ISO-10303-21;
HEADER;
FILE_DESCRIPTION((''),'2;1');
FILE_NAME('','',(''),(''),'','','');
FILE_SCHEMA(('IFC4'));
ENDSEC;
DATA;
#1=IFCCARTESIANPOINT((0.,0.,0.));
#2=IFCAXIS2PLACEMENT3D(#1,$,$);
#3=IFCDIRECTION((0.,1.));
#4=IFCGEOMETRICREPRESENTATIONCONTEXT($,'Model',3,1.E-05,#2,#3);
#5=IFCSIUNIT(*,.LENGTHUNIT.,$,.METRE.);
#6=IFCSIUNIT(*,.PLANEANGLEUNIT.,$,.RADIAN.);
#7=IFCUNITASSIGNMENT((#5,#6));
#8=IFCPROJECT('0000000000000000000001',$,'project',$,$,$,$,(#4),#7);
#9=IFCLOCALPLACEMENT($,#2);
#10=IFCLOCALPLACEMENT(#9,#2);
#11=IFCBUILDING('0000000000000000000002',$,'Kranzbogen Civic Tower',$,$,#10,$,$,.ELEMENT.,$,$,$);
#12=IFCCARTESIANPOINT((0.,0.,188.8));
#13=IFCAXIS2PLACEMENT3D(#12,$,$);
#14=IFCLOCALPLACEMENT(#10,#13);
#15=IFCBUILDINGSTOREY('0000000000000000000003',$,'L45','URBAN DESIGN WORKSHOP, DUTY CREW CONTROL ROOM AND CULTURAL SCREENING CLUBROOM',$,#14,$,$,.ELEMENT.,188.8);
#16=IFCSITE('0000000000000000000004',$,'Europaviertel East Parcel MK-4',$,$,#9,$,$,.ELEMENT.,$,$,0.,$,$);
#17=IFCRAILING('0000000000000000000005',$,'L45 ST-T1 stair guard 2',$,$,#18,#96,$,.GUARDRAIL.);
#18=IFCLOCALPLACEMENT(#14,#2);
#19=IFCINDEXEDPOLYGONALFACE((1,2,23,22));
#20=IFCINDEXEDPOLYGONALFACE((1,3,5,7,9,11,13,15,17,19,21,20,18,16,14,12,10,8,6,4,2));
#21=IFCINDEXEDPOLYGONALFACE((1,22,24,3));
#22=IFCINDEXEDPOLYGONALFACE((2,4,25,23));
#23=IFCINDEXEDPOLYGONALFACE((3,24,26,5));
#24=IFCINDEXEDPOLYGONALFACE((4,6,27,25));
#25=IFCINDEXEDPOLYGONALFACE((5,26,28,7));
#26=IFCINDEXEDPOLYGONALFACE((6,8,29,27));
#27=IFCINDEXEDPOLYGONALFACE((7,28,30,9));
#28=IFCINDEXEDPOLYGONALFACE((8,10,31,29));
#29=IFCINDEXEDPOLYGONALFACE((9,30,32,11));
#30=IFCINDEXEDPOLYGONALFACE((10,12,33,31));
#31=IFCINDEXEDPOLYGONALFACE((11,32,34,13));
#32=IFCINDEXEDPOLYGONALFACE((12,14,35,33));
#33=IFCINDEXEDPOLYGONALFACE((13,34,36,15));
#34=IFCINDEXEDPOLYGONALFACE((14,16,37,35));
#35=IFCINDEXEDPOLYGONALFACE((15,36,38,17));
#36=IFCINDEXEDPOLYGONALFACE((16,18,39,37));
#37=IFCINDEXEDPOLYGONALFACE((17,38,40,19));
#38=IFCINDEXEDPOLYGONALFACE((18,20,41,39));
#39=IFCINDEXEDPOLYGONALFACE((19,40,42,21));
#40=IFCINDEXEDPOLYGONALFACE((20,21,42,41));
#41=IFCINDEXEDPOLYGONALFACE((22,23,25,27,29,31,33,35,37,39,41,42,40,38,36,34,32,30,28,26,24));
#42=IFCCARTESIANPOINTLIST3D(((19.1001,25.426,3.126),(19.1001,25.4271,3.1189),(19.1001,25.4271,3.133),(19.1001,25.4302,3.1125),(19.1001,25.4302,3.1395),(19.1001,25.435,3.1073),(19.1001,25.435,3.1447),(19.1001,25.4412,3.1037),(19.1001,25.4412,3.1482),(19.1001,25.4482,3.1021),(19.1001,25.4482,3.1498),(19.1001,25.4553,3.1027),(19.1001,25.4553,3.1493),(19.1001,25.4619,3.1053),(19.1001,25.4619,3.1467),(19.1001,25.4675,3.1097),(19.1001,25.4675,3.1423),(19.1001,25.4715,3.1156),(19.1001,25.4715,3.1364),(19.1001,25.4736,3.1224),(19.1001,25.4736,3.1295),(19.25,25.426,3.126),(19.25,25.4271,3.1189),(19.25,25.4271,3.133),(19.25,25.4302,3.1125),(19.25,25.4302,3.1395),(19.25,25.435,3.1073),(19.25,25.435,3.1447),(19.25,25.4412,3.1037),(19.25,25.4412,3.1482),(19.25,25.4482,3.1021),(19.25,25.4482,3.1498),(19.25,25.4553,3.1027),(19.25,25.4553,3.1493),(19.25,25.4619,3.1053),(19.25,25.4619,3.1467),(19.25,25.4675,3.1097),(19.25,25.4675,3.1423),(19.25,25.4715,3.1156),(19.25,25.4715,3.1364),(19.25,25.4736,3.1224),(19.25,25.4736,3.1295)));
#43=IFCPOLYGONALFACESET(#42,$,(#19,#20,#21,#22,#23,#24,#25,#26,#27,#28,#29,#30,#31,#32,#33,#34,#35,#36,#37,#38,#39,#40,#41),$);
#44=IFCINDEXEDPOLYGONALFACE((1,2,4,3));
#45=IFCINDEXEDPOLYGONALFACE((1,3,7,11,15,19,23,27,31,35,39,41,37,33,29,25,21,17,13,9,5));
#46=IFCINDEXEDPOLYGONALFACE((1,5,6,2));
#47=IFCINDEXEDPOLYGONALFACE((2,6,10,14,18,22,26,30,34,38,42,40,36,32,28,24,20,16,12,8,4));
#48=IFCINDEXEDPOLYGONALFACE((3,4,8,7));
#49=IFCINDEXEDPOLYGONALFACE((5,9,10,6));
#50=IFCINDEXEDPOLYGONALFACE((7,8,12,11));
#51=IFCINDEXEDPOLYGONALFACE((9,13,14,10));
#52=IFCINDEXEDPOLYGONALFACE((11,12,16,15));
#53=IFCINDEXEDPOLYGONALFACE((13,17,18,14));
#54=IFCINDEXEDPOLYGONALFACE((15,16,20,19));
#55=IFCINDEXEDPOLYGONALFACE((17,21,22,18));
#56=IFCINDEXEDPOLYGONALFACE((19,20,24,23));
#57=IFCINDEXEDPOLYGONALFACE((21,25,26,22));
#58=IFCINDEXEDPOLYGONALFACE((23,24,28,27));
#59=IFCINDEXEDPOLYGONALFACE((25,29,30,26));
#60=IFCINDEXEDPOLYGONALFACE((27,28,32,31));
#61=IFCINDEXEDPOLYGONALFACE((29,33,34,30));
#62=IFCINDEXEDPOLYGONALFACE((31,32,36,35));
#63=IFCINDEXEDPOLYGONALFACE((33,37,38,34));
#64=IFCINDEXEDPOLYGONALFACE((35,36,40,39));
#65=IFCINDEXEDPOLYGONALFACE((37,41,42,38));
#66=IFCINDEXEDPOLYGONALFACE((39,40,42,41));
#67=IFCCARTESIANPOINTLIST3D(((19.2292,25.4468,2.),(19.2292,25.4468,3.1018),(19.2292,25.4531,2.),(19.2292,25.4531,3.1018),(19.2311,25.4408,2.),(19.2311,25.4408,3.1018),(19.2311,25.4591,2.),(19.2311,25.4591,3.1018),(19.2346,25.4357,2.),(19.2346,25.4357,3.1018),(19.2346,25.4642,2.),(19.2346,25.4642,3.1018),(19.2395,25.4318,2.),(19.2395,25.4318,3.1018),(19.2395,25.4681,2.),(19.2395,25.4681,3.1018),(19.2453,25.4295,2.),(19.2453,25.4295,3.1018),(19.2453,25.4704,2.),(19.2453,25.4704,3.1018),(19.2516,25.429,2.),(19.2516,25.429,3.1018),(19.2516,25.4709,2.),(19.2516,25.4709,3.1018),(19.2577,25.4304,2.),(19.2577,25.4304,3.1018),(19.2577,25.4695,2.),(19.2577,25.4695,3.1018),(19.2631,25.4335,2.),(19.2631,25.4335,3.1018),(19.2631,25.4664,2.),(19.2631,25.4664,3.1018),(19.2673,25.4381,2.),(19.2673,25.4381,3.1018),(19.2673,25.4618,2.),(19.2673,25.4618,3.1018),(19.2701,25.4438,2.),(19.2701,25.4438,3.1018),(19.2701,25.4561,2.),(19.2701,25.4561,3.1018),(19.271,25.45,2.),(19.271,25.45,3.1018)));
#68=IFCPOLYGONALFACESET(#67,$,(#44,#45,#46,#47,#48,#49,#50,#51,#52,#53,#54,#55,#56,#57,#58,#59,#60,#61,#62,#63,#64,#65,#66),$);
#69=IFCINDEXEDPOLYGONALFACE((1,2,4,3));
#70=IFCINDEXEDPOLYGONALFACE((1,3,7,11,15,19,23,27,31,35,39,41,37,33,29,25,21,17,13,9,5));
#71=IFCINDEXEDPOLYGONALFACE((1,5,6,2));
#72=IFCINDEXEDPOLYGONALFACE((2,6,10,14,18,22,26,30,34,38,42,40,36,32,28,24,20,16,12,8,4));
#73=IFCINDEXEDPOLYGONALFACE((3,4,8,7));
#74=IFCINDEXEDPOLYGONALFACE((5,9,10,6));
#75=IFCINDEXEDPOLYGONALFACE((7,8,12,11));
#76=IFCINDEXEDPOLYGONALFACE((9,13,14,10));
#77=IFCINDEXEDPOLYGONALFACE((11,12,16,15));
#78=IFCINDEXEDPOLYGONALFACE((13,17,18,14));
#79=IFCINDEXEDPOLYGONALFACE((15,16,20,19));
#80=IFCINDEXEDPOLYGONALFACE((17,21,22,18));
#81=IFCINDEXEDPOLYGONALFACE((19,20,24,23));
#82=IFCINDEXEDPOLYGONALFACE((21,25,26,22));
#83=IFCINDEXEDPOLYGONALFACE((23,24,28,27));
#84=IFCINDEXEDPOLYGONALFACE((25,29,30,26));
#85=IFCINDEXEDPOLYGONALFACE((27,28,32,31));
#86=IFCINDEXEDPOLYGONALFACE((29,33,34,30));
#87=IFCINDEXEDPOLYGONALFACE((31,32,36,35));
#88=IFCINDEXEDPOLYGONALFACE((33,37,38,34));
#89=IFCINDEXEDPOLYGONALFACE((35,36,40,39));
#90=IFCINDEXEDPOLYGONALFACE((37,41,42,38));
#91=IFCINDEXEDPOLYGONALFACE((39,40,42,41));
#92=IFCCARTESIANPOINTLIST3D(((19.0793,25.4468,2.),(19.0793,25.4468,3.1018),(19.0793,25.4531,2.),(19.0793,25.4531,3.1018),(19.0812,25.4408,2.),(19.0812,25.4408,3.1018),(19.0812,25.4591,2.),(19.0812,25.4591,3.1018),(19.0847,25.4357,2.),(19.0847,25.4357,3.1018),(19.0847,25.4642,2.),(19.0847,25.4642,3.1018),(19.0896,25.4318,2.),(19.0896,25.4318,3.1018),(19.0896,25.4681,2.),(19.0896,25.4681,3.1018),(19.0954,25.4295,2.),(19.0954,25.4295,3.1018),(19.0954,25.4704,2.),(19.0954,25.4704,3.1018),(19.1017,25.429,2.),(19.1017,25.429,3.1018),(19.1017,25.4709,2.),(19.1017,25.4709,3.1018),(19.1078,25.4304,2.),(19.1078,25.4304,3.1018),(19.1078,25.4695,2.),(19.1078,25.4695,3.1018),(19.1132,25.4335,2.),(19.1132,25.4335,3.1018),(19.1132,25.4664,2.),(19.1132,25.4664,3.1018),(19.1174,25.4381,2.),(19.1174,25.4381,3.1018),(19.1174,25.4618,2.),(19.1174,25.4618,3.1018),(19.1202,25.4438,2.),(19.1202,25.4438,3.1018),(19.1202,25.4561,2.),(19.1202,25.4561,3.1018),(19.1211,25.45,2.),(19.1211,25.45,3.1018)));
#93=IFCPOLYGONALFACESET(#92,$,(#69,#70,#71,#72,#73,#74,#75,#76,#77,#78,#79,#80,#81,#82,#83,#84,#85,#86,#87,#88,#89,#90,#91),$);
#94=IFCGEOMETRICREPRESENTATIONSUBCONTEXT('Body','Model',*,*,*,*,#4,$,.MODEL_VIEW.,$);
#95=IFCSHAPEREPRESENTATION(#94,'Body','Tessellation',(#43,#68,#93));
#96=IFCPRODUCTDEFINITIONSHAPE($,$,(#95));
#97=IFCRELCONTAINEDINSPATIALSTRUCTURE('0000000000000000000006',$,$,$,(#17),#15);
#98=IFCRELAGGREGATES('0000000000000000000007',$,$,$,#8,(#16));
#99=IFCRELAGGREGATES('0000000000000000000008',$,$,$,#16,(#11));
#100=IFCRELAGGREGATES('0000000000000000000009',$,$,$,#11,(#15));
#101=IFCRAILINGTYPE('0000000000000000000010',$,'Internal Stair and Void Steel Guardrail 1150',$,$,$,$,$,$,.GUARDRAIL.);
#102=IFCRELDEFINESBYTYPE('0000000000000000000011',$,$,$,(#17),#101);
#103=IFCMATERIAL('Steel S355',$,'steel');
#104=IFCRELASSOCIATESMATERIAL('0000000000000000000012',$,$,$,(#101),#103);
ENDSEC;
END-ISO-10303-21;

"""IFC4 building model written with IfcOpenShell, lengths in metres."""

from ifc_helpers import new_model, si_unit, direction, frame, origin, origin_2d, place, context, subcontext, project, spatial, circle, extrude, material, type_object, element, save


model = new_model("IFC4")

# Units and contexts
model_context = context("Model", 3, precision=1e-05, world=origin(), true_north=direction((0.0, 1.0)))
body_context = subcontext(model_context, "Body", "Model", "MODEL_VIEW")
ifc_project = project(units=[si_unit("LENGTHUNIT", "METRE"), si_unit("PLANEANGLEUNIT", "RADIAN")], contexts=[model_context])

# Site, building, storey
site_placement = place(None, origin())
site = spatial("IfcSite", under=ifc_project, at=site_placement, Name="Europaviertel East Parcel MK-4", CompositionType="ELEMENT", RefElevation=0.0)
building_placement = place(site_placement, origin())
building = spatial("IfcBuilding", under=site, at=building_placement, Name="Kranzbogen Civic Tower", CompositionType="ELEMENT")
storey_placement = place(building_placement, frame((0.0, 0.0, 188.8)))
storey = spatial("IfcBuildingStorey", under=building, at=storey_placement, Name="L45", Description="URBAN DESIGN WORKSHOP, DUTY CREW CONTROL ROOM AND CULTURAL SCREENING CLUBROOM", CompositionType="ELEMENT", Elevation=188.8)

# Shared definitions
ifc_material_1 = material(Name="Steel S355", Category="steel")

# Railing
railing_type_1 = type_object("IfcRailingType", Name="Internal Stair and Void Steel Guardrail 1150", PredefinedType="GUARDRAIL", material=ifc_material_1)
railing_1_placement = place(storey_placement, frame((19.25, 25.45, 2.0)))
element("IfcRailing", 1, at=railing_1_placement, inside=storey, type_object=railing_type_1, Name="L45 ST-T1 stair guard 2", PredefinedType="GUARDRAIL", context=body_context, shape_type="SweptSolid", body=[
    extrude(circle(Radius=0.0239, at=origin_2d()), frame((0.0, 0.0, 1.126), z_axis=(-1.0, 0.0, 0.0), x_axis=(0.0, -1.0, 0.0)), (0.0, 0.0, 1.0), 0.1499),
    extrude(circle(Radius=0.021, at=origin_2d()), origin(), (0.0, 0.0, 1.0), 1.1018),
    extrude(circle(Radius=0.021, at=origin_2d()), frame((-0.1499, 0.0, 0.0)), (0.0, 0.0, 1.0), 1.1018),
])

save(model, "model.ifc")
